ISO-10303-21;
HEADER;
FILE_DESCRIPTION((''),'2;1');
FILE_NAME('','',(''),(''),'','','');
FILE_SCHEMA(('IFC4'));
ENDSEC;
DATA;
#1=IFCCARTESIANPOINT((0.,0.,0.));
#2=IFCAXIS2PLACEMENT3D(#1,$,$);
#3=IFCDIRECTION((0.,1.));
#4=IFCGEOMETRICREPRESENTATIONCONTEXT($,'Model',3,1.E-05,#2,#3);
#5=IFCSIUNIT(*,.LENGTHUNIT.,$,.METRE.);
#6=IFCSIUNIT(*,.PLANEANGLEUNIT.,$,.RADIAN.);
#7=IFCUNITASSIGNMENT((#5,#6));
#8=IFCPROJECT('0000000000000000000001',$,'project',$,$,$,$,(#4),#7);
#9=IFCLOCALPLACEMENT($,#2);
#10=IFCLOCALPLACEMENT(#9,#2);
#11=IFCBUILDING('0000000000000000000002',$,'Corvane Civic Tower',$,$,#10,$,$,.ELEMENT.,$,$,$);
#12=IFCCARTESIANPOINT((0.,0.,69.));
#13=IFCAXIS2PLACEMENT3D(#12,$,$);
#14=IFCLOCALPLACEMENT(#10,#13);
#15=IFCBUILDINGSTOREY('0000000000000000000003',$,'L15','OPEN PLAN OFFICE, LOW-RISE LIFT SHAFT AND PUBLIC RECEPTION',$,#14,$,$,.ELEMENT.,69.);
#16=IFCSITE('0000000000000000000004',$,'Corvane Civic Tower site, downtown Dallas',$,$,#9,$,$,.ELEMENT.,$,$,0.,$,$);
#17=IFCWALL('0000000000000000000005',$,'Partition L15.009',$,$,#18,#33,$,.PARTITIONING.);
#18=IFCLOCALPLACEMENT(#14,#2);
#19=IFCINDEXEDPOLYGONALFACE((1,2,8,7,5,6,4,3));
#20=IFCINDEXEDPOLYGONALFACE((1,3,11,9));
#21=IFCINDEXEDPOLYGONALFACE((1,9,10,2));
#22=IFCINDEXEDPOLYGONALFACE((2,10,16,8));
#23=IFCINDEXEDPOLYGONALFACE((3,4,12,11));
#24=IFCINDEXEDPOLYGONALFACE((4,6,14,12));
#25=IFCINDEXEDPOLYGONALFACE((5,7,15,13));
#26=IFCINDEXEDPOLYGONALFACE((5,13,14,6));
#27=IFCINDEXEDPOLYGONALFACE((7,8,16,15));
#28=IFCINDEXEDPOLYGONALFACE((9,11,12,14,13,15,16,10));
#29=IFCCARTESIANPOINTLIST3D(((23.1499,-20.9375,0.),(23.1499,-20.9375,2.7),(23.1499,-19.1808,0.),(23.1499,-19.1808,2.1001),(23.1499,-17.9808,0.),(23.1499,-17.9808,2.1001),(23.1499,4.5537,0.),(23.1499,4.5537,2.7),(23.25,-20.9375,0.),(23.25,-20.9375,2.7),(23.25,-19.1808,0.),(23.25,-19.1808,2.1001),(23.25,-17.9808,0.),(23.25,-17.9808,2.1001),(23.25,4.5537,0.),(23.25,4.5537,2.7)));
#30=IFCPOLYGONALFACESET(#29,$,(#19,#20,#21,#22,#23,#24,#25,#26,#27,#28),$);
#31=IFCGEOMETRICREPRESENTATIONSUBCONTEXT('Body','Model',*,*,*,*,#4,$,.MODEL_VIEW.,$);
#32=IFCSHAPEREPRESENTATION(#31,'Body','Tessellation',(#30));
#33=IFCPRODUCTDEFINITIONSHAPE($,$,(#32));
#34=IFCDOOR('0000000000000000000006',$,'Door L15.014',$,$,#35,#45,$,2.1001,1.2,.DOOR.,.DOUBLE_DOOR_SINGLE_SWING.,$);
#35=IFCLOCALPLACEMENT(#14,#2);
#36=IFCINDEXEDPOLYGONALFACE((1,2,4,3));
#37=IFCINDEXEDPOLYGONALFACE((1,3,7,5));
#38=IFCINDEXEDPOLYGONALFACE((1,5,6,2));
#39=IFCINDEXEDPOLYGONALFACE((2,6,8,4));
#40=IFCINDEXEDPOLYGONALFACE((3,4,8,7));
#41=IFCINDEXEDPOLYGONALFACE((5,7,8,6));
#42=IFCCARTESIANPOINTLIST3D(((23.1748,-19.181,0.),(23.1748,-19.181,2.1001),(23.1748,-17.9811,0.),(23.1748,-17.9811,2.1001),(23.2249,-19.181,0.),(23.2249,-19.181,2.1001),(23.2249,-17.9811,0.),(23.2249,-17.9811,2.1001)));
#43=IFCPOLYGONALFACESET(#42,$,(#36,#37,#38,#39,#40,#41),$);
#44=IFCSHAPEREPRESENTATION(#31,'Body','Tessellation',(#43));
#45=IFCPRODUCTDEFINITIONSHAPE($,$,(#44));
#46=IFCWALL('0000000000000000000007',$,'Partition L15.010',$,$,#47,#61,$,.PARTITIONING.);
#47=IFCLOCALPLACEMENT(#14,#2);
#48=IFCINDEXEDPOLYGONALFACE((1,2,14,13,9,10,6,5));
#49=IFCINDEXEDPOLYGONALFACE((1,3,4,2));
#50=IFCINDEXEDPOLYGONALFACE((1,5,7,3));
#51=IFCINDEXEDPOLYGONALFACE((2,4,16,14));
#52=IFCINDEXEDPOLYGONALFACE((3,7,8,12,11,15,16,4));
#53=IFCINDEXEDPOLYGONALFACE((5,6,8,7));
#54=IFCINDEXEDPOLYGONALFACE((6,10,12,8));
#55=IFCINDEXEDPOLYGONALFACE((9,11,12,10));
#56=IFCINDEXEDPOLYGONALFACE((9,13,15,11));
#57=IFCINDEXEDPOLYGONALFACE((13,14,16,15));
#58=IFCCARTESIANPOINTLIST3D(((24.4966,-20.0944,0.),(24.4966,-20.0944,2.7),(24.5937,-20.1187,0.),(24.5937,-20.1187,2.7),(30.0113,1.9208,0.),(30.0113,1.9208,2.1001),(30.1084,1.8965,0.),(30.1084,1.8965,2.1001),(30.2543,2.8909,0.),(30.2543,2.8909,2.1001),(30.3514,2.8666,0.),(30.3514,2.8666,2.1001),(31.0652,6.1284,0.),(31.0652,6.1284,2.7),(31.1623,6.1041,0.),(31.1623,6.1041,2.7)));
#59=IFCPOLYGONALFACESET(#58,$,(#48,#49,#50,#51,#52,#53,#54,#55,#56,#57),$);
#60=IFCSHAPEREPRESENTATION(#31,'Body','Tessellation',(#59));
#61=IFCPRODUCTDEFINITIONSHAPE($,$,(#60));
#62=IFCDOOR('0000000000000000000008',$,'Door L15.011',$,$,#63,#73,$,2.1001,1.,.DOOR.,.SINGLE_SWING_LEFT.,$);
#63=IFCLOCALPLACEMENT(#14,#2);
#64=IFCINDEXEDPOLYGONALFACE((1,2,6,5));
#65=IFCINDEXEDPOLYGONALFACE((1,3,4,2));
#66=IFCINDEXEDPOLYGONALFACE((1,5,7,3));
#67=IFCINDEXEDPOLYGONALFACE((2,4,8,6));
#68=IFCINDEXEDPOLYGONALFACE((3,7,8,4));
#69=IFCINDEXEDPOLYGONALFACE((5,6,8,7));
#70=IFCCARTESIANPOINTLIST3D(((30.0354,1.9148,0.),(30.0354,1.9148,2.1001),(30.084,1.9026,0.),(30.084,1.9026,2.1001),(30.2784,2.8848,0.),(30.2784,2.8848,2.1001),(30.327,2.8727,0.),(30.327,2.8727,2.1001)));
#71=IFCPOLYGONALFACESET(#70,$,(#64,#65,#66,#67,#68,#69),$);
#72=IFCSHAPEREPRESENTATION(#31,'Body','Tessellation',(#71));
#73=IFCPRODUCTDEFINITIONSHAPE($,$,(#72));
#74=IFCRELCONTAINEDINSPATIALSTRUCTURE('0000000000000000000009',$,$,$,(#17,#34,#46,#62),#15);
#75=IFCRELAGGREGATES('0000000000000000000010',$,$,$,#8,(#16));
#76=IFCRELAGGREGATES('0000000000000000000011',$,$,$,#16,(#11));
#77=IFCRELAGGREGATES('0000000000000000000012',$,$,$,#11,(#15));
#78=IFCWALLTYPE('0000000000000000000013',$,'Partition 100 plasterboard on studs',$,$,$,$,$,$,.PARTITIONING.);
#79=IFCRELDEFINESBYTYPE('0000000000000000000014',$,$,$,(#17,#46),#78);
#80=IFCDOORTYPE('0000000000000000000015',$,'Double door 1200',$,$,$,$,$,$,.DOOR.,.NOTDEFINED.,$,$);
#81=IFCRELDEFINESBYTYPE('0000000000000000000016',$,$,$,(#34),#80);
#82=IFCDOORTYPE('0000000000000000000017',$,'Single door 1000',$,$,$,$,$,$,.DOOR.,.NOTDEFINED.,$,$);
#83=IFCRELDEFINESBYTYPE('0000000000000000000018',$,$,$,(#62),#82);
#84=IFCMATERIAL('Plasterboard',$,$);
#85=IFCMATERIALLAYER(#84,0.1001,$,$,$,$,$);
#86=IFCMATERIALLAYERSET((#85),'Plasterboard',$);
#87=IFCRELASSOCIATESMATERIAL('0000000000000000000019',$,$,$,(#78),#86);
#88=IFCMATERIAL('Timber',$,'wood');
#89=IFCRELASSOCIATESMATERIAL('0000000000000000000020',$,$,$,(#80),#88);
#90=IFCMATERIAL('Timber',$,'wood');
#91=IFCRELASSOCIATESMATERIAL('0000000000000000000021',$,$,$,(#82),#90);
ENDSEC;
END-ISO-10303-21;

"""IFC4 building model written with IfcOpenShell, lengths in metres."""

from ifc_helpers import new_model, si_unit, direction, frame, frame_2d, origin, place, context, subcontext, project, spatial, rectangle, extrude, material, layer, layer_set, type_object, element, fill, save


model = new_model("IFC4")

# Units and contexts
model_context = context("Model", 3, precision=1e-05, world=origin(), true_north=direction((0.0, 1.0)))
body_context = subcontext(model_context, "Body", "Model", "MODEL_VIEW")
ifc_project = project(units=[si_unit("LENGTHUNIT", "METRE"), si_unit("PLANEANGLEUNIT", "RADIAN")], contexts=[model_context])

# Site, building, storey
site_placement = place(None, origin())
site = spatial("IfcSite", under=ifc_project, at=site_placement, Name="Corvane Civic Tower site, downtown Dallas", CompositionType="ELEMENT", RefElevation=0.0)
building_placement = place(site_placement, origin())
building = spatial("IfcBuilding", under=site, at=building_placement, Name="Corvane Civic Tower", CompositionType="ELEMENT")
storey_placement = place(building_placement, frame((0.0, 0.0, 69.0)))
storey = spatial("IfcBuildingStorey", under=building, at=storey_placement, Name="L15", Description="OPEN PLAN OFFICE, LOW-RISE LIFT SHAFT AND PUBLIC RECEPTION", CompositionType="ELEMENT", Elevation=69.0)

# Shared definitions
ifc_material_1 = material(Name="Plasterboard")
ifc_layer_1 = layer(ifc_material_1, 0.1001)
ifc_layer_set_1 = layer_set([ifc_layer_1], Name="Plasterboard")
wall_type = type_object("IfcWallType", Name="Partition 100 plasterboard on studs", PredefinedType="PARTITIONING", material=ifc_layer_set_1)

# Walls, openings, doors
wall_1_placement = place(storey_placement, frame((23.2, -20.9375, 0.0), z_axis=(0.0, 0.0, 1.0), x_axis=(0.0, 1.0, 0.0)))
wall_1 = element("IfcWall", 1, at=wall_1_placement, inside=storey, type_object=wall_type, Name="Partition L15.009", PredefinedType="PARTITIONING", context=body_context, shape_type="SweptSolid", body=[
    extrude(rectangle(XDim=25.4912, YDim=0.1001, at=frame_2d((12.7456, 0.0))), origin(), (0.0, 0.0, 1.0), 2.7),
])
opening_1_placement = place(wall_1_placement, frame((1.7566, 0.0, 0.0)))
opening_1 = element("IfcOpeningElement", 2, at=opening_1_placement, cuts=wall_1, PredefinedType="OPENING", context=body_context, shape_type="SweptSolid", body=[
    extrude(rectangle(XDim=1.2, YDim=2.1001, at=frame_2d((0.6001, 1.05))), frame((0.0, 0.0601, 0.0), z_axis=(0.0, -1.0, 0.0), x_axis=(1.0, 0.0, 0.0)), (0.0, 0.0, 1.0), 0.1201),
])
ifc_material_2 = material(Name="Timber", Category="wood")
door_type_1 = type_object("IfcDoorType", Name="Double door 1200", OperationType="NOTDEFINED", PredefinedType="DOOR", material=ifc_material_2)
door_1_placement = place(opening_1_placement, frame((1.2, 0.0, 0.0), z_axis=(0.0, 0.0, 1.0), x_axis=(-1.0, 0.0, 0.0)))
door_1 = element("IfcDoor", 3, at=door_1_placement, inside=storey, type_object=door_type_1, Name="Door L15.014", OperationType="DOUBLE_DOOR_SINGLE_SWING", OverallHeight=2.1001, OverallWidth=1.2, PredefinedType="DOOR", context=body_context, shape_type="SweptSolid", body=[
    extrude(rectangle(XDim=1.2, YDim=2.1001, at=frame_2d((0.6001, 1.05))), frame((0.0, 0.0249, 0.0), z_axis=(0.0, -1.0, 0.0), x_axis=(1.0, 0.0, 0.0)), (0.0, 0.0, 1.0), 0.05),
])
fill(opening_1, door_1)
wall_2_placement = place(storey_placement, frame((24.5452, -20.1067, 0.0), z_axis=(0.0, 0.0, 1.0), x_axis=(0.242984, 0.97003, 0.0)))
wall_2 = element("IfcWall", 4, at=wall_2_placement, inside=storey, type_object=wall_type, Name="Partition L15.010", PredefinedType="PARTITIONING", context=body_context, shape_type="SweptSolid", body=[
    extrude(rectangle(XDim=27.033, YDim=0.1001, at=frame_2d((13.5166, 0.0))), origin(), (0.0, 0.0, 1.0), 2.7),
])
opening_2_placement = place(wall_2_placement, frame((22.6956, 0.0, 0.0)))
opening_2 = element("IfcOpeningElement", 5, at=opening_2_placement, cuts=wall_2, PredefinedType="OPENING", context=body_context, shape_type="SweptSolid", body=[
    extrude(rectangle(XDim=1.0, YDim=2.1001, at=frame_2d((0.5, 1.05))), frame((0.0, 0.0601, 0.0), z_axis=(0.0, -1.0, 0.0), x_axis=(1.0, 0.0, 0.0)), (0.0, 0.0, 1.0), 0.1201),
])
ifc_material_3 = material(Name="Timber", Category="wood")
door_type_2 = type_object("IfcDoorType", Name="Single door 1000", OperationType="NOTDEFINED", PredefinedType="DOOR", material=ifc_material_3)
door_2_placement = place(opening_2_placement, frame((1.0, 0.0, 0.0), z_axis=(0.0, 0.0, 1.0), x_axis=(-1.0, 0.0, 0.0)))
door_2 = element("IfcDoor", 6, at=door_2_placement, inside=storey, type_object=door_type_2, Name="Door L15.011", OperationType="SINGLE_SWING_LEFT", OverallHeight=2.1001, OverallWidth=1.0, PredefinedType="DOOR", context=body_context, shape_type="SweptSolid", body=[
    extrude(rectangle(XDim=1.0, YDim=2.1001, at=frame_2d((0.5, 1.05))), frame((0.0, 0.0249, 0.0), z_axis=(0.0, -1.0, 0.0), x_axis=(1.0, 0.0, 0.0)), (0.0, 0.0, 1.0), 0.05),
])
fill(opening_2, door_2)

save(model, "model.ifc")
